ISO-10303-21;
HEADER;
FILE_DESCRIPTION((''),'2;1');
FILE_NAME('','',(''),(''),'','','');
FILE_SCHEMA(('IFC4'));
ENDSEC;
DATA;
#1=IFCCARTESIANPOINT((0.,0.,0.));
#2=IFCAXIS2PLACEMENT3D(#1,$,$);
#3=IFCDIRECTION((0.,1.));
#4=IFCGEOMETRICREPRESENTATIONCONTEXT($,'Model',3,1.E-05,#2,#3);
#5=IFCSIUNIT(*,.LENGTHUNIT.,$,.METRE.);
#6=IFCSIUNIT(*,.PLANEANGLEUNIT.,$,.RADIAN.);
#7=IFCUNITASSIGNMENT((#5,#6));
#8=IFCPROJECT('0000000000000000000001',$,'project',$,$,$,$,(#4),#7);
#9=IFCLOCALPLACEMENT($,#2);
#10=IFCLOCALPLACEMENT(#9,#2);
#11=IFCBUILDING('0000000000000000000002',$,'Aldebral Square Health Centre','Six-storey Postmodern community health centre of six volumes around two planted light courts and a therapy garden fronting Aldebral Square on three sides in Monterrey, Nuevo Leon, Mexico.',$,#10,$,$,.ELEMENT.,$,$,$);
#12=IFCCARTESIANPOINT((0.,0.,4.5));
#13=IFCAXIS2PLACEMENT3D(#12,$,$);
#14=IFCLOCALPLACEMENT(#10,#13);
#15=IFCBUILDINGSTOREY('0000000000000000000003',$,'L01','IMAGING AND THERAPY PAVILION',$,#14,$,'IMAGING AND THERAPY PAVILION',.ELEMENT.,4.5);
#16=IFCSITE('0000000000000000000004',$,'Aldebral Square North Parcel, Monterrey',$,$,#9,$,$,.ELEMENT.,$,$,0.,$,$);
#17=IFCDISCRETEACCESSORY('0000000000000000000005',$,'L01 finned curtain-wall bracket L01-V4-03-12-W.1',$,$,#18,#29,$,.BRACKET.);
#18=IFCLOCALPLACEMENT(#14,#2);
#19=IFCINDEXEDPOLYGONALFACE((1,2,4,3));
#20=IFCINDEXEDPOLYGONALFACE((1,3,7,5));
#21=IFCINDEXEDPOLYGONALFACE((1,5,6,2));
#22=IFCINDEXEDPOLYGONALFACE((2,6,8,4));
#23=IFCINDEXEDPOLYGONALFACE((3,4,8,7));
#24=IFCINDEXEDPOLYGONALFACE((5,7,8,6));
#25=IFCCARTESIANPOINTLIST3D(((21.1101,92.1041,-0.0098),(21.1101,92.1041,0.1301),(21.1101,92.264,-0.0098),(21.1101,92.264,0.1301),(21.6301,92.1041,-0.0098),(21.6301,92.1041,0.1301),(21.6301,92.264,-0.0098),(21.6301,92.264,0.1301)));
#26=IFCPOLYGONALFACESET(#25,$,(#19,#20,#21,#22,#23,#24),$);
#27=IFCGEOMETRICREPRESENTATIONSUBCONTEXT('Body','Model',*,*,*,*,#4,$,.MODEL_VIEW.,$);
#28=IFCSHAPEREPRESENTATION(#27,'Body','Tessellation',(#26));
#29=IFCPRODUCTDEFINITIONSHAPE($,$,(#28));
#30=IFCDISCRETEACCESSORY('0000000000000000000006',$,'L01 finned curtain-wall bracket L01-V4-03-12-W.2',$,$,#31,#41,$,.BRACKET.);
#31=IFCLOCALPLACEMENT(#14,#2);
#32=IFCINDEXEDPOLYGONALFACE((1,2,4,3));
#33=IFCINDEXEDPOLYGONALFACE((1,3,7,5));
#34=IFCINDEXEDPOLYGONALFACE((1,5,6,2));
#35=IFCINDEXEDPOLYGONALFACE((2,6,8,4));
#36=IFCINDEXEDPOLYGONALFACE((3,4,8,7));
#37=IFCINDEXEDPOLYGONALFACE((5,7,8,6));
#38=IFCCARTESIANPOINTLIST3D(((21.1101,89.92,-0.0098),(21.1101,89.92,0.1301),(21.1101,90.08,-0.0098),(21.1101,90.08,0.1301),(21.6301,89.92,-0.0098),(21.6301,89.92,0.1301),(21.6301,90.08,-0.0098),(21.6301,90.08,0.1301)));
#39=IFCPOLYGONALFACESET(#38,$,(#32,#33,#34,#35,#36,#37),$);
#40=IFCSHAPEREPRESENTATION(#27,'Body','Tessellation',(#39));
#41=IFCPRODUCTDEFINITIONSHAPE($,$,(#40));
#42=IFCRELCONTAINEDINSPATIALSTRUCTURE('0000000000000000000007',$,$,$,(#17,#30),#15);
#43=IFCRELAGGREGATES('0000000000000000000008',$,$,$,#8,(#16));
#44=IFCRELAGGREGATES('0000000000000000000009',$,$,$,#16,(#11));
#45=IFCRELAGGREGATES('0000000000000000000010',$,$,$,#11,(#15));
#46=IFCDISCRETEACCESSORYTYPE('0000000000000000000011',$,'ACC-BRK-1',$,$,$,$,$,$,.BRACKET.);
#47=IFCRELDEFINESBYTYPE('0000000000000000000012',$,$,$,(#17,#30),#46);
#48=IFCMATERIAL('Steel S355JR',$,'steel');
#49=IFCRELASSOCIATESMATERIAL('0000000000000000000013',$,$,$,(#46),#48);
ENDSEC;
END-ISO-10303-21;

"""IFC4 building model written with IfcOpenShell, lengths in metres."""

from ifc_helpers import new_model, si_unit, direction, frame, origin, origin_2d, place, context, subcontext, project, spatial, rectangle, extrude, material, type_object, element, save


model = new_model("IFC4")

# Units and contexts
model_context = context("Model", 3, precision=1e-05, world=origin(), true_north=direction((0.0, 1.0)))
body_context = subcontext(model_context, "Body", "Model", "MODEL_VIEW")
ifc_project = project(units=[si_unit("LENGTHUNIT", "METRE"), si_unit("PLANEANGLEUNIT", "RADIAN")], contexts=[model_context])

# Site, building, storey
site_placement = place(None, origin())
site = spatial("IfcSite", under=ifc_project, at=site_placement, Name="Aldebral Square North Parcel, Monterrey", CompositionType="ELEMENT", RefElevation=0.0)
building_placement = place(site_placement, origin())
building = spatial("IfcBuilding", under=site, at=building_placement, Name="Aldebral Square Health Centre", Description="Six-storey Postmodern community health centre of six volumes around two planted light courts and a therapy garden fronting Aldebral Square on three sides in Monterrey, Nuevo Leon, Mexico.", CompositionType="ELEMENT")
storey_placement = place(building_placement, frame((0.0, 0.0, 4.5)))
storey = spatial("IfcBuildingStorey", under=building, at=storey_placement, Name="L01", Description="IMAGING AND THERAPY PAVILION", LongName="IMAGING AND THERAPY PAVILION", CompositionType="ELEMENT", Elevation=4.5)

# Discrete accessories
ifc_material_1 = material(Name="Steel S355JR", Category="steel")
discrete_accessory_type = type_object("IfcDiscreteAccessoryType", Name="ACC-BRK-1", PredefinedType="BRACKET", material=ifc_material_1)
for number, where, z_axis, x_axis, name in (
    (1, (21.3701, 92.1841, -0.0098), (0.0, 0.0, 1.0), (0.0, 1.0, 0.0), "L01 finned curtain-wall bracket L01-V4-03-12-W.1"),
    (2, (21.3701, 90.0, -0.0098), (0.0, 0.0, 1.0), (0.0, 1.0, 0.0), "L01 finned curtain-wall bracket L01-V4-03-12-W.2"),
):
    element("IfcDiscreteAccessory", number, at=place(storey_placement, frame(where, z_axis=z_axis, x_axis=x_axis)), inside=storey, type_object=discrete_accessory_type, Name=name, PredefinedType="BRACKET", context=body_context, shape_type="SweptSolid", body=[
        extrude(rectangle(XDim=0.1599, YDim=0.52, at=origin_2d()), origin(), (0.0, 0.0, 1.0), 0.1399),
    ])

save(model, "model.ifc")
